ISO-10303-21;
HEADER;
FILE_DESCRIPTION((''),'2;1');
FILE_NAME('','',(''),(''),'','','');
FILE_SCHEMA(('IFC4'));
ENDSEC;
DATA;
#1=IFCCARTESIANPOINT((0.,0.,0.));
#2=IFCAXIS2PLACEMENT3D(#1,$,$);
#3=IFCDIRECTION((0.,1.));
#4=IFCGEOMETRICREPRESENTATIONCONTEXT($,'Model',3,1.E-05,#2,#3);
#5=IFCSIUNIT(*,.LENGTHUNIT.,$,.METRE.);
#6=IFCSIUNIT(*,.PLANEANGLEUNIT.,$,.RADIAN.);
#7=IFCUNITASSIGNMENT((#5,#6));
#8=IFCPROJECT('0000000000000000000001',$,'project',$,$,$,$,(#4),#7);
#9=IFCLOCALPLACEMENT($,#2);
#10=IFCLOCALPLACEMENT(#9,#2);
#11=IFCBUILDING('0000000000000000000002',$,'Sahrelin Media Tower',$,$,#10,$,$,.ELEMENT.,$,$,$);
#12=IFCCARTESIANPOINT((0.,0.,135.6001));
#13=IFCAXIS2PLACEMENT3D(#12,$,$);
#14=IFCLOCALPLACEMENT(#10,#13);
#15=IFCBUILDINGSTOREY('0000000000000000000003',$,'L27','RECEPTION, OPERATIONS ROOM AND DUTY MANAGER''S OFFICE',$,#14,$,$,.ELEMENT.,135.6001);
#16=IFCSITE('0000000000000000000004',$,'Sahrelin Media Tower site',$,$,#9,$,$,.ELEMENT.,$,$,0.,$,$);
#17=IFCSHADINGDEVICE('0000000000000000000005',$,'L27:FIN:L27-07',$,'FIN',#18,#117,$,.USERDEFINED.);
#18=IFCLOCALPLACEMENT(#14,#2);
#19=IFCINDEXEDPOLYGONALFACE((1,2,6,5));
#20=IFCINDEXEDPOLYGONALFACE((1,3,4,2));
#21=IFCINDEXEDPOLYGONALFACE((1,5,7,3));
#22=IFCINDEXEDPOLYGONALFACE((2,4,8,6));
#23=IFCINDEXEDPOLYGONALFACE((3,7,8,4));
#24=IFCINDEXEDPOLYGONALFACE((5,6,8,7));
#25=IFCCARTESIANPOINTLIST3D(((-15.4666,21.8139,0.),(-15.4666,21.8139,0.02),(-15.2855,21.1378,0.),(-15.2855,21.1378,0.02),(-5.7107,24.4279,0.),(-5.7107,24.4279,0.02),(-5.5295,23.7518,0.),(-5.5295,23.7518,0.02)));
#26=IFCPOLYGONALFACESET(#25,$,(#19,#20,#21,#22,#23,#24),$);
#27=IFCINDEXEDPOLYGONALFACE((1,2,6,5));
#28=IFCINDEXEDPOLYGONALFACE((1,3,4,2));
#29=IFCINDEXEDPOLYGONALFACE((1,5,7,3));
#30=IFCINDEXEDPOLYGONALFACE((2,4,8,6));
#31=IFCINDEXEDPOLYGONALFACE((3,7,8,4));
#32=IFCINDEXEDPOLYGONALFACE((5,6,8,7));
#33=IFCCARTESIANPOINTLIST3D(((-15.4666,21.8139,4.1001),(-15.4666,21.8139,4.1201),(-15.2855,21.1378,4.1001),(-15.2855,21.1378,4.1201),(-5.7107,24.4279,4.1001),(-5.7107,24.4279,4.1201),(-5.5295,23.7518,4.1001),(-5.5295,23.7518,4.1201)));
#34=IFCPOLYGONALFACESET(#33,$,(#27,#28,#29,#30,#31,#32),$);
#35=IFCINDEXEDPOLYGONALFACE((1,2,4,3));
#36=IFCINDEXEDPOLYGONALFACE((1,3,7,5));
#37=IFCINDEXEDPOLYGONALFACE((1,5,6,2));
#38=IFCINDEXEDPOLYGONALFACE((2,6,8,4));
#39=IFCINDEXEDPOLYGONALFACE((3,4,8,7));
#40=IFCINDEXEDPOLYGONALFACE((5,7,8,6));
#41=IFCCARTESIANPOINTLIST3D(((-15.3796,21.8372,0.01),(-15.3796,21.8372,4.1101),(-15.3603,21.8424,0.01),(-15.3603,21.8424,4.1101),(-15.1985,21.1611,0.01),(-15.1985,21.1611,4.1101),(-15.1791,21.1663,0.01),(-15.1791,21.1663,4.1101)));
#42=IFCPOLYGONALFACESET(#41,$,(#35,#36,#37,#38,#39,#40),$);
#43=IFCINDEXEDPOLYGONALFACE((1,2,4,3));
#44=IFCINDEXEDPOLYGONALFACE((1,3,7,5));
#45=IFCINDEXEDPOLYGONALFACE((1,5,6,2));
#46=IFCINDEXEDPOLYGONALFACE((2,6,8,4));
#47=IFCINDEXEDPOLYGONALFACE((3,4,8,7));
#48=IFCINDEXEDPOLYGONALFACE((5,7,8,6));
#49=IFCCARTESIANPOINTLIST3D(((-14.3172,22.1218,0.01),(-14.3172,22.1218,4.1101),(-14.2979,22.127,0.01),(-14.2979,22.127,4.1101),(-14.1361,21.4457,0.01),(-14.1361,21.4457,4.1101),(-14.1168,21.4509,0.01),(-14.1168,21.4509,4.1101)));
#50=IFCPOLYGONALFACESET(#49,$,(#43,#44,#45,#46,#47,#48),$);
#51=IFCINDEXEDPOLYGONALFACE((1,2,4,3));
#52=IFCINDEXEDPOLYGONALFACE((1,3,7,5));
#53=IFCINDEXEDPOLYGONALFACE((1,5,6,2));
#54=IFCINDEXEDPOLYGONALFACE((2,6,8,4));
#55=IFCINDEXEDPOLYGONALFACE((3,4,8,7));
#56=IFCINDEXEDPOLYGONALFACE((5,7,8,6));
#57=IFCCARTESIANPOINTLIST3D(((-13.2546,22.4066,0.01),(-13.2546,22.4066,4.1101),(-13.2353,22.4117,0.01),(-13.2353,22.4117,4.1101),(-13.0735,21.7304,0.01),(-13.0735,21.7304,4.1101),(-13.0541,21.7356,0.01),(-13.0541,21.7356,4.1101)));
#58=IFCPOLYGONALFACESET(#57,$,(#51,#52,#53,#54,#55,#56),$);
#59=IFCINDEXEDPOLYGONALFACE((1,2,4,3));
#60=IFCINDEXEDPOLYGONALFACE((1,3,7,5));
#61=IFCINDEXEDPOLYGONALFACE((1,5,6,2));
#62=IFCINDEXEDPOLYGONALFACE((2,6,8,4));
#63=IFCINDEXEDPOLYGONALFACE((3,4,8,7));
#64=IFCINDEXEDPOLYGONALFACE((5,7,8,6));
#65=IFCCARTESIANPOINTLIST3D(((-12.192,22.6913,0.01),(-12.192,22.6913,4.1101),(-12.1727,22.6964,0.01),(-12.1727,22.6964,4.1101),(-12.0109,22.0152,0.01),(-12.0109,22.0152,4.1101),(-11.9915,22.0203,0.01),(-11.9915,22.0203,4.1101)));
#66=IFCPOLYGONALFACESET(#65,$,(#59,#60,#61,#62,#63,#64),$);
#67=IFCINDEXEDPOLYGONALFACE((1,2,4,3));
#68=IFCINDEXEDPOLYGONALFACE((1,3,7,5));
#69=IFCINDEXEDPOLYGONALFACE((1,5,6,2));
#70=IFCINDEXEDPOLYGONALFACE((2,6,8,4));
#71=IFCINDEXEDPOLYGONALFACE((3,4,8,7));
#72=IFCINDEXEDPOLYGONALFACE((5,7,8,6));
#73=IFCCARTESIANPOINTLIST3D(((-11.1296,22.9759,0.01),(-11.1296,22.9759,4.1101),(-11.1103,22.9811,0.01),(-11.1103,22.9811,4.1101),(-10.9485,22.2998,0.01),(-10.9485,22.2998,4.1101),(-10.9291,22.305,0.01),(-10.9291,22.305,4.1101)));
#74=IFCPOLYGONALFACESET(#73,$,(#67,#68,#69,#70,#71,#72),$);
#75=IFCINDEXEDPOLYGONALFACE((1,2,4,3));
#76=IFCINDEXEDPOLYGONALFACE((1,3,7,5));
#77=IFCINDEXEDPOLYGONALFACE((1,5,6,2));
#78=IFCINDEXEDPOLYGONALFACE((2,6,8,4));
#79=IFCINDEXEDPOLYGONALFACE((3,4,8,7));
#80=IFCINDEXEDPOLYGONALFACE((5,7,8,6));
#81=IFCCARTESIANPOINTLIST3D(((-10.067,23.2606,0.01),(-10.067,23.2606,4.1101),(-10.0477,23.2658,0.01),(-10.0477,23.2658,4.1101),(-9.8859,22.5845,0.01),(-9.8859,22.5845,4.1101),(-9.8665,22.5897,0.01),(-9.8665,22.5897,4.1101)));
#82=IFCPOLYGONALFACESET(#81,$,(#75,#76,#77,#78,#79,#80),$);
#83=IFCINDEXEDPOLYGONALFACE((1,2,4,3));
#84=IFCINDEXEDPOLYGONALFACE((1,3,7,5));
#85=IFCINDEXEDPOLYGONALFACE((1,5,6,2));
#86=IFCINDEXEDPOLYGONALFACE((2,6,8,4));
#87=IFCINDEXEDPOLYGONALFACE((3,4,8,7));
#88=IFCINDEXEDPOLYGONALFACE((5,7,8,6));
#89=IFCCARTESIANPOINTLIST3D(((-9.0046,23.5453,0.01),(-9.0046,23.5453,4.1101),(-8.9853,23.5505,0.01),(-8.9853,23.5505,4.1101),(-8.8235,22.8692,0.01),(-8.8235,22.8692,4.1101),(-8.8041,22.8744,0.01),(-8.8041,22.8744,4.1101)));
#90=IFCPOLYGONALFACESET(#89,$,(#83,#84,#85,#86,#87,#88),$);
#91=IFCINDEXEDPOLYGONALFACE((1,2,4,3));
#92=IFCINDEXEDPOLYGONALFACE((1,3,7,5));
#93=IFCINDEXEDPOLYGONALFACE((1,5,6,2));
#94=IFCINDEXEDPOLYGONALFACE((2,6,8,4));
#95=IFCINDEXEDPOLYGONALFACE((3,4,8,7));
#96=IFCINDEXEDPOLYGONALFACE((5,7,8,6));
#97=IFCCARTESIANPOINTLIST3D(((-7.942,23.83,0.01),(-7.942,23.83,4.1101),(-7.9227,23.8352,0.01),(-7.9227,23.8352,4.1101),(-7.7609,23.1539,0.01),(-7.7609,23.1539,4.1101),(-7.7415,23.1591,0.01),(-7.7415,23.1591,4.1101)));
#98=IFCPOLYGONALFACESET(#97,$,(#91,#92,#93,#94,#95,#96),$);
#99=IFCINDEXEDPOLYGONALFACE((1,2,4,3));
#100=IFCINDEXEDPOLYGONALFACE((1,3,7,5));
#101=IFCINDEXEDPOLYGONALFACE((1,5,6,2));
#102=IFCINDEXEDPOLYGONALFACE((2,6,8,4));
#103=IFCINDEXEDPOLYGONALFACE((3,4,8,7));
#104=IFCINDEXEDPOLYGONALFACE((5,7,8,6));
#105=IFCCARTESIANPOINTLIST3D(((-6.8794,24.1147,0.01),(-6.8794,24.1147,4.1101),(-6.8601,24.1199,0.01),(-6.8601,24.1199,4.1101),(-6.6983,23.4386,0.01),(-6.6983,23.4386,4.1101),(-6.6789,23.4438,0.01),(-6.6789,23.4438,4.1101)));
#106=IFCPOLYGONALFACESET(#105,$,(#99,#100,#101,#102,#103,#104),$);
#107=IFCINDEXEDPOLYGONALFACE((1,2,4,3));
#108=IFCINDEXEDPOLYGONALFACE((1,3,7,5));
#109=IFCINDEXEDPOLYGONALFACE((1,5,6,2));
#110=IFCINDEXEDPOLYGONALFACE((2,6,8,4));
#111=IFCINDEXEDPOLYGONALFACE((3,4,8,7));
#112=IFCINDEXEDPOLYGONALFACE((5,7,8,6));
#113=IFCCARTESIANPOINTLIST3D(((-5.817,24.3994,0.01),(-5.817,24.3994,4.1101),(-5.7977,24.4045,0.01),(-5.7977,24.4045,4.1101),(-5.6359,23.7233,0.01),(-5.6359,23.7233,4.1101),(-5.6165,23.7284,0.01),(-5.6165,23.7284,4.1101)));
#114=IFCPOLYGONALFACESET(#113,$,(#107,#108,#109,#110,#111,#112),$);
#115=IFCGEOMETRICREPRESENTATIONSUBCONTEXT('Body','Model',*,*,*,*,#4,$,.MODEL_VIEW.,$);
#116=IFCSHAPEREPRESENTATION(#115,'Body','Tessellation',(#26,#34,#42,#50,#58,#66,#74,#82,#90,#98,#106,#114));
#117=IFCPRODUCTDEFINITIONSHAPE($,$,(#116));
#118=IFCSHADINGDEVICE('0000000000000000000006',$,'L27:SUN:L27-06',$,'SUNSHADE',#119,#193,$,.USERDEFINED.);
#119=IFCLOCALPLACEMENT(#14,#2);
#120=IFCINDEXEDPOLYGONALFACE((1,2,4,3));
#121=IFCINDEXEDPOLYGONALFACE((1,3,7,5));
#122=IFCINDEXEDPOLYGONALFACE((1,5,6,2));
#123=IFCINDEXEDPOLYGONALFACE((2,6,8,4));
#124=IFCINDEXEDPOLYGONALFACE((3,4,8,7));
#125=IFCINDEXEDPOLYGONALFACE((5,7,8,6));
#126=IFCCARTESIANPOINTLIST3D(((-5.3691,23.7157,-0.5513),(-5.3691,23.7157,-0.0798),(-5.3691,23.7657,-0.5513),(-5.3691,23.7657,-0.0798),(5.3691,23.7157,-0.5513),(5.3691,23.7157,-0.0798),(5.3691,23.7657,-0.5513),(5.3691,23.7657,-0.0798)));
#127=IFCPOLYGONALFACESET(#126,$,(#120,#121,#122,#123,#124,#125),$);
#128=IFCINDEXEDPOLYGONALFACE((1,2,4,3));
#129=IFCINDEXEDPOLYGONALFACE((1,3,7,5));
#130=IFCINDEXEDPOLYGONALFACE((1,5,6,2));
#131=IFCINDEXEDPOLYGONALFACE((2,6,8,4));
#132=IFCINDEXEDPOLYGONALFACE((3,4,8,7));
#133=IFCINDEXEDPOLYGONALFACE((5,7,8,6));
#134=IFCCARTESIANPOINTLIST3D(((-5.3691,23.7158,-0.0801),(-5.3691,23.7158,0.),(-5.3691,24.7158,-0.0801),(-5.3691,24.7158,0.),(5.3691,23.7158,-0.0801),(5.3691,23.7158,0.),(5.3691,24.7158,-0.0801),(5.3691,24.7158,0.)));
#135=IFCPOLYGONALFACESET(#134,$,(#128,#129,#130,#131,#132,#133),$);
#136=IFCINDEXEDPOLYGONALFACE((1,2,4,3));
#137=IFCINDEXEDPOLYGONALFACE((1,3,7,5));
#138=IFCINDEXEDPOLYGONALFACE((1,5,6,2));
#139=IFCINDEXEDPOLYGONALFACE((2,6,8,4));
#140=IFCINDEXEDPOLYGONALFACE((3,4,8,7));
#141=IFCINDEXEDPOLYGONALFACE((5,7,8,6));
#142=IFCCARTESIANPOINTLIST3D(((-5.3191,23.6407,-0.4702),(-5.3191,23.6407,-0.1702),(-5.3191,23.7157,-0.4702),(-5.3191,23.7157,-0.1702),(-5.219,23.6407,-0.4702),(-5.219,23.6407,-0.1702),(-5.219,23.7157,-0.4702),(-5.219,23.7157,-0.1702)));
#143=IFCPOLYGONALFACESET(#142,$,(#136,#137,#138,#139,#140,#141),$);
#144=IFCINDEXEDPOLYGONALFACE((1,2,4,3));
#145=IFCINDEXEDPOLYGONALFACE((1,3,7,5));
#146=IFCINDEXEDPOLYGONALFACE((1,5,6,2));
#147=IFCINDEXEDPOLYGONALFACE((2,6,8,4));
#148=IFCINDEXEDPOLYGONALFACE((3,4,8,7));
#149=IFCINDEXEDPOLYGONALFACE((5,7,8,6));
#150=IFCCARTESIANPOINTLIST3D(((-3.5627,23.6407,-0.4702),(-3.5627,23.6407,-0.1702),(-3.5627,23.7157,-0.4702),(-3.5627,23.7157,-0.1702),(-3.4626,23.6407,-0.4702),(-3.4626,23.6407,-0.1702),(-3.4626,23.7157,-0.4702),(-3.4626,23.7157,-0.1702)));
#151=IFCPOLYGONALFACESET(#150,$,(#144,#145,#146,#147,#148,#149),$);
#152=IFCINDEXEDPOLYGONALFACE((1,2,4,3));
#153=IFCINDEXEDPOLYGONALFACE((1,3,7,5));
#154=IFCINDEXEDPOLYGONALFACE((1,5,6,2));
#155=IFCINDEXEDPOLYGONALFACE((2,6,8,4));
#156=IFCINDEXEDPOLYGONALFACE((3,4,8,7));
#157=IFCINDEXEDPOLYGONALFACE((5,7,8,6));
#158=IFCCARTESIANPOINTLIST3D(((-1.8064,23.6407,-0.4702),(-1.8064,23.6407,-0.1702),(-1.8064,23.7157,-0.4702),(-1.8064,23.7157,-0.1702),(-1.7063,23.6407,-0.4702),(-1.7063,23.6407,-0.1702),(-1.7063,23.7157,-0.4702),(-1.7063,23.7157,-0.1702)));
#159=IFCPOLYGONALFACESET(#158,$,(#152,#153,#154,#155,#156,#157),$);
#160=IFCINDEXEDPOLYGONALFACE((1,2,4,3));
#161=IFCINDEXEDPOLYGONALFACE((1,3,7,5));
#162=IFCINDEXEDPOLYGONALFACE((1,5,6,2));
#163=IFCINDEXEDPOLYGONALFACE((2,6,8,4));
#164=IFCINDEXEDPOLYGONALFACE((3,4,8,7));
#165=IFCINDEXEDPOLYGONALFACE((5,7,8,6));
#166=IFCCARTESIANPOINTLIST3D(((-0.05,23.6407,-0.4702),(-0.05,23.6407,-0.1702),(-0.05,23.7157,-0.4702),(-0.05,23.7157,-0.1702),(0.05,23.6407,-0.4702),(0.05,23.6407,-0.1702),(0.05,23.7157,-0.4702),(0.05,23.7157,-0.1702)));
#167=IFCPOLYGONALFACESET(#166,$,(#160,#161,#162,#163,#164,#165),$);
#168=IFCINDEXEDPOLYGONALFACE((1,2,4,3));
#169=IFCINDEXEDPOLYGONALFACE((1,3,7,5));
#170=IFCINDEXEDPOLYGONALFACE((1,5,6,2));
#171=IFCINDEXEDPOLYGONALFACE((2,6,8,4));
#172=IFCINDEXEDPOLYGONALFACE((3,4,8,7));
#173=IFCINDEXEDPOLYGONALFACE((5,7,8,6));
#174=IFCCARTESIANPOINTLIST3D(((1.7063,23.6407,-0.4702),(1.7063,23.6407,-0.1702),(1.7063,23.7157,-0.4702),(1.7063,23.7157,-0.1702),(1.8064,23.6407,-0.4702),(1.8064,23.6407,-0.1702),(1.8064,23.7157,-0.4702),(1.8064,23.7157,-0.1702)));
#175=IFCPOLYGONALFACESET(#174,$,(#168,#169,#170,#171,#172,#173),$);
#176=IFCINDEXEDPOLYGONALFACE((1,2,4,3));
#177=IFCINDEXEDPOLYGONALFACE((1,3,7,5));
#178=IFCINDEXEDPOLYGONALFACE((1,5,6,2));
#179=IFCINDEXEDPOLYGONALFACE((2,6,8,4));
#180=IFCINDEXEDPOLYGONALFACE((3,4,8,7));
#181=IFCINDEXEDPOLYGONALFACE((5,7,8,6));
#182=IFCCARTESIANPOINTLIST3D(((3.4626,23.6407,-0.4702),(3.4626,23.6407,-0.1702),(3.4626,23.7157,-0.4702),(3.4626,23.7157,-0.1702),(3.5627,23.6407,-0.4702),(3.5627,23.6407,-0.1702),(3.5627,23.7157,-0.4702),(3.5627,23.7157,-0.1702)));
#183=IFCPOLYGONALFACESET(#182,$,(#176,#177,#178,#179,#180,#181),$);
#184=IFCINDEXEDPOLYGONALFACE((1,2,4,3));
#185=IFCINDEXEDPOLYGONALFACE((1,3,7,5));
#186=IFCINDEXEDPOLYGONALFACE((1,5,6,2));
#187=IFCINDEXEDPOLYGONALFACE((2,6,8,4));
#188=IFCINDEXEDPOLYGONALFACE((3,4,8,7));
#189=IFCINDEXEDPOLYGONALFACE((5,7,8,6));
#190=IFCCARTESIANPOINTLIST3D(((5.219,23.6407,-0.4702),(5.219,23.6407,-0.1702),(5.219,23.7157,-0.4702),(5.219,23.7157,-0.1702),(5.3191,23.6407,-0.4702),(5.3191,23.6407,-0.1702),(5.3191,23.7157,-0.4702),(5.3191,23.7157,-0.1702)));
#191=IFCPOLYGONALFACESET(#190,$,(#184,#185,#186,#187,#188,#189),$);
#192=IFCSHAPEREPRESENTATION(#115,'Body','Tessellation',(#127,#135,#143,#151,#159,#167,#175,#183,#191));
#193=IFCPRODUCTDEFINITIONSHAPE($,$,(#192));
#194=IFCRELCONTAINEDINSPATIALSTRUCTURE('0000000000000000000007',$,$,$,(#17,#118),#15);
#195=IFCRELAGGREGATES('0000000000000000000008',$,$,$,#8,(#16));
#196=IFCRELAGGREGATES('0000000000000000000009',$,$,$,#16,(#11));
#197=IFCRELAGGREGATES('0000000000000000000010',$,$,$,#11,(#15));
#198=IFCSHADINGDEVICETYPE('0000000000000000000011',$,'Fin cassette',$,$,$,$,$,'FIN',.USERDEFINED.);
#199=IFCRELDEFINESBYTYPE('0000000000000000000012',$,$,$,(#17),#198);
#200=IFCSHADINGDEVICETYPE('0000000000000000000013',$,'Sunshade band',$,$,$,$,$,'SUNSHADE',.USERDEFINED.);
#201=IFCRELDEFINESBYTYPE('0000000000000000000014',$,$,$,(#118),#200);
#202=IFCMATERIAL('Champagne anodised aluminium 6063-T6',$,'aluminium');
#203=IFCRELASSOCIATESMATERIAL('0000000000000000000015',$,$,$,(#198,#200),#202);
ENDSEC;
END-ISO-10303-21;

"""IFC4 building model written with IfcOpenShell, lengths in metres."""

from ifc_helpers import new_model, si_unit, direction, frame, origin, origin_2d, place, context, subcontext, project, spatial, rectangle, extrude, material, type_object, element, save


model = new_model("IFC4")

# Units and contexts
model_context = context("Model", 3, precision=1e-05, world=origin(), true_north=direction((0.0, 1.0)))
body_context = subcontext(model_context, "Body", "Model", "MODEL_VIEW")
ifc_project = project(units=[si_unit("LENGTHUNIT", "METRE"), si_unit("PLANEANGLEUNIT", "RADIAN")], contexts=[model_context])

# Site, building, storey
site_placement = place(None, origin())
site = spatial("IfcSite", under=ifc_project, at=site_placement, Name="Sahrelin Media Tower site", CompositionType="ELEMENT", RefElevation=0.0)
building_placement = place(site_placement, origin())
building = spatial("IfcBuilding", under=site, at=building_placement, Name="Sahrelin Media Tower", CompositionType="ELEMENT")
storey_placement = place(building_placement, frame((0.0, 0.0, 135.6001)))
storey = spatial("IfcBuildingStorey", under=building, at=storey_placement, Name="L27", Description="RECEPTION, OPERATIONS ROOM AND DUTY MANAGER'S OFFICE", CompositionType="ELEMENT", Elevation=135.6001)

# Shared definitions
ifc_material_1 = material(Name="Champagne anodised aluminium 6063-T6", Category="aluminium")
placement_1 = place(storey_placement, frame((0.0, 23.6958, 0.0), z_axis=(0.0, 0.0, 1.0), x_axis=(1.0, 0.0, 0.0)))

# Shading devices
shading_device_type_1 = type_object("IfcShadingDeviceType", Name="Fin cassette", ElementType="FIN", PredefinedType="USERDEFINED", material=ifc_material_1)
placement_2 = place(storey_placement, frame((-10.3894, 22.3772, 0.0), z_axis=(0.0, 0.0, 1.0), x_axis=(0.965929, 0.258808, 0.0)))
element("IfcShadingDevice", 1, at=placement_2, inside=storey, type_object=shading_device_type_1, Name="L27:FIN:L27-07", ObjectType="FIN", PredefinedType="USERDEFINED", context=body_context, shape_type="SweptSolid", body=[
    extrude(rectangle(XDim=10.1001, YDim=0.7, at=origin_2d()), frame((0.0, 0.4199, 0.0)), (0.0, 0.0, 1.0), 0.02),
    extrude(rectangle(XDim=10.1001, YDim=0.7, at=origin_2d()), frame((0.0, 0.4199, 4.1001)), (0.0, 0.0, 1.0), 0.02),
    extrude(rectangle(XDim=0.02, YDim=0.7, at=origin_2d()), frame((-4.95, 0.4199, 0.01), z_axis=(0.0, 0.0, 1.0), x_axis=(1.0, 0.0, 0.0)), (0.0, 0.0, 1.0), 4.1001),
    extrude(rectangle(XDim=0.02, YDim=0.7, at=origin_2d()), frame((-3.8501, 0.4199, 0.01), z_axis=(0.0, 0.0, 1.0), x_axis=(1.0, 0.0, 0.0)), (0.0, 0.0, 1.0), 4.1001),
    extrude(rectangle(XDim=0.02, YDim=0.7, at=origin_2d()), frame((-2.75, 0.4199, 0.01), z_axis=(0.0, 0.0, 1.0), x_axis=(1.0, 0.0, 0.0)), (0.0, 0.0, 1.0), 4.1001),
    extrude(rectangle(XDim=0.02, YDim=0.7, at=origin_2d()), frame((-1.6499, 0.4199, 0.01), z_axis=(0.0, 0.0, 1.0), x_axis=(1.0, 0.0, 0.0)), (0.0, 0.0, 1.0), 4.1001),
    extrude(rectangle(XDim=0.02, YDim=0.7, at=origin_2d()), frame((-0.55, 0.4199, 0.01), z_axis=(0.0, 0.0, 1.0), x_axis=(1.0, 0.0, 0.0)), (0.0, 0.0, 1.0), 4.1001),
    extrude(rectangle(XDim=0.02, YDim=0.7, at=origin_2d()), frame((0.55, 0.4199, 0.01), z_axis=(0.0, 0.0, 1.0), x_axis=(1.0, 0.0, 0.0)), (0.0, 0.0, 1.0), 4.1001),
    extrude(rectangle(XDim=0.02, YDim=0.7, at=origin_2d()), frame((1.6499, 0.4199, 0.01), z_axis=(0.0, 0.0, 1.0), x_axis=(1.0, 0.0, 0.0)), (0.0, 0.0, 1.0), 4.1001),
    extrude(rectangle(XDim=0.02, YDim=0.7, at=origin_2d()), frame((2.75, 0.4199, 0.01), z_axis=(0.0, 0.0, 1.0), x_axis=(1.0, 0.0, 0.0)), (0.0, 0.0, 1.0), 4.1001),
    extrude(rectangle(XDim=0.02, YDim=0.7, at=origin_2d()), frame((3.8501, 0.4199, 0.01), z_axis=(0.0, 0.0, 1.0), x_axis=(1.0, 0.0, 0.0)), (0.0, 0.0, 1.0), 4.1001),
    extrude(rectangle(XDim=0.02, YDim=0.7, at=origin_2d()), frame((4.95, 0.4199, 0.01), z_axis=(0.0, 0.0, 1.0), x_axis=(1.0, 0.0, 0.0)), (0.0, 0.0, 1.0), 4.1001),
])
shading_device_type_2 = type_object("IfcShadingDeviceType", Name="Sunshade band", ElementType="SUNSHADE", PredefinedType="USERDEFINED", material=ifc_material_1)
element("IfcShadingDevice", 2, at=placement_1, inside=storey, type_object=shading_device_type_2, Name="L27:SUN:L27-06", ObjectType="SUNSHADE", PredefinedType="USERDEFINED", context=body_context, shape_type="SweptSolid", body=[
    extrude(rectangle(XDim=10.7383, YDim=0.05, at=origin_2d()), frame((0.0, 0.0449, -0.5513)), (0.0, 0.0, 1.0), 0.4714),
    extrude(rectangle(XDim=10.7383, YDim=1.0, at=origin_2d()), frame((0.0, 0.52, -0.0801)), (0.0, 0.0, 1.0), 0.0801),
    extrude(rectangle(XDim=0.1001, YDim=0.075, at=origin_2d()), frame((-5.269, -0.0176, -0.4702)), (0.0, 0.0, 1.0), 0.3),
    extrude(rectangle(XDim=0.1001, YDim=0.075, at=origin_2d()), frame((-3.5127, -0.0176, -0.4702)), (0.0, 0.0, 1.0), 0.3),
    extrude(rectangle(XDim=0.1001, YDim=0.075, at=origin_2d()), frame((-1.7563, -0.0176, -0.4702)), (0.0, 0.0, 1.0), 0.3),
    extrude(rectangle(XDim=0.1001, YDim=0.075, at=origin_2d()), frame((0.0, -0.0176, -0.4702)), (0.0, 0.0, 1.0), 0.3),
    extrude(rectangle(XDim=0.1001, YDim=0.075, at=origin_2d()), frame((1.7563, -0.0176, -0.4702)), (0.0, 0.0, 1.0), 0.3),
    extrude(rectangle(XDim=0.1001, YDim=0.075, at=origin_2d()), frame((3.5127, -0.0176, -0.4702)), (0.0, 0.0, 1.0), 0.3),
    extrude(rectangle(XDim=0.1001, YDim=0.075, at=origin_2d()), frame((5.269, -0.0176, -0.4702)), (0.0, 0.0, 1.0), 0.3),
])

save(model, "model.ifc")
